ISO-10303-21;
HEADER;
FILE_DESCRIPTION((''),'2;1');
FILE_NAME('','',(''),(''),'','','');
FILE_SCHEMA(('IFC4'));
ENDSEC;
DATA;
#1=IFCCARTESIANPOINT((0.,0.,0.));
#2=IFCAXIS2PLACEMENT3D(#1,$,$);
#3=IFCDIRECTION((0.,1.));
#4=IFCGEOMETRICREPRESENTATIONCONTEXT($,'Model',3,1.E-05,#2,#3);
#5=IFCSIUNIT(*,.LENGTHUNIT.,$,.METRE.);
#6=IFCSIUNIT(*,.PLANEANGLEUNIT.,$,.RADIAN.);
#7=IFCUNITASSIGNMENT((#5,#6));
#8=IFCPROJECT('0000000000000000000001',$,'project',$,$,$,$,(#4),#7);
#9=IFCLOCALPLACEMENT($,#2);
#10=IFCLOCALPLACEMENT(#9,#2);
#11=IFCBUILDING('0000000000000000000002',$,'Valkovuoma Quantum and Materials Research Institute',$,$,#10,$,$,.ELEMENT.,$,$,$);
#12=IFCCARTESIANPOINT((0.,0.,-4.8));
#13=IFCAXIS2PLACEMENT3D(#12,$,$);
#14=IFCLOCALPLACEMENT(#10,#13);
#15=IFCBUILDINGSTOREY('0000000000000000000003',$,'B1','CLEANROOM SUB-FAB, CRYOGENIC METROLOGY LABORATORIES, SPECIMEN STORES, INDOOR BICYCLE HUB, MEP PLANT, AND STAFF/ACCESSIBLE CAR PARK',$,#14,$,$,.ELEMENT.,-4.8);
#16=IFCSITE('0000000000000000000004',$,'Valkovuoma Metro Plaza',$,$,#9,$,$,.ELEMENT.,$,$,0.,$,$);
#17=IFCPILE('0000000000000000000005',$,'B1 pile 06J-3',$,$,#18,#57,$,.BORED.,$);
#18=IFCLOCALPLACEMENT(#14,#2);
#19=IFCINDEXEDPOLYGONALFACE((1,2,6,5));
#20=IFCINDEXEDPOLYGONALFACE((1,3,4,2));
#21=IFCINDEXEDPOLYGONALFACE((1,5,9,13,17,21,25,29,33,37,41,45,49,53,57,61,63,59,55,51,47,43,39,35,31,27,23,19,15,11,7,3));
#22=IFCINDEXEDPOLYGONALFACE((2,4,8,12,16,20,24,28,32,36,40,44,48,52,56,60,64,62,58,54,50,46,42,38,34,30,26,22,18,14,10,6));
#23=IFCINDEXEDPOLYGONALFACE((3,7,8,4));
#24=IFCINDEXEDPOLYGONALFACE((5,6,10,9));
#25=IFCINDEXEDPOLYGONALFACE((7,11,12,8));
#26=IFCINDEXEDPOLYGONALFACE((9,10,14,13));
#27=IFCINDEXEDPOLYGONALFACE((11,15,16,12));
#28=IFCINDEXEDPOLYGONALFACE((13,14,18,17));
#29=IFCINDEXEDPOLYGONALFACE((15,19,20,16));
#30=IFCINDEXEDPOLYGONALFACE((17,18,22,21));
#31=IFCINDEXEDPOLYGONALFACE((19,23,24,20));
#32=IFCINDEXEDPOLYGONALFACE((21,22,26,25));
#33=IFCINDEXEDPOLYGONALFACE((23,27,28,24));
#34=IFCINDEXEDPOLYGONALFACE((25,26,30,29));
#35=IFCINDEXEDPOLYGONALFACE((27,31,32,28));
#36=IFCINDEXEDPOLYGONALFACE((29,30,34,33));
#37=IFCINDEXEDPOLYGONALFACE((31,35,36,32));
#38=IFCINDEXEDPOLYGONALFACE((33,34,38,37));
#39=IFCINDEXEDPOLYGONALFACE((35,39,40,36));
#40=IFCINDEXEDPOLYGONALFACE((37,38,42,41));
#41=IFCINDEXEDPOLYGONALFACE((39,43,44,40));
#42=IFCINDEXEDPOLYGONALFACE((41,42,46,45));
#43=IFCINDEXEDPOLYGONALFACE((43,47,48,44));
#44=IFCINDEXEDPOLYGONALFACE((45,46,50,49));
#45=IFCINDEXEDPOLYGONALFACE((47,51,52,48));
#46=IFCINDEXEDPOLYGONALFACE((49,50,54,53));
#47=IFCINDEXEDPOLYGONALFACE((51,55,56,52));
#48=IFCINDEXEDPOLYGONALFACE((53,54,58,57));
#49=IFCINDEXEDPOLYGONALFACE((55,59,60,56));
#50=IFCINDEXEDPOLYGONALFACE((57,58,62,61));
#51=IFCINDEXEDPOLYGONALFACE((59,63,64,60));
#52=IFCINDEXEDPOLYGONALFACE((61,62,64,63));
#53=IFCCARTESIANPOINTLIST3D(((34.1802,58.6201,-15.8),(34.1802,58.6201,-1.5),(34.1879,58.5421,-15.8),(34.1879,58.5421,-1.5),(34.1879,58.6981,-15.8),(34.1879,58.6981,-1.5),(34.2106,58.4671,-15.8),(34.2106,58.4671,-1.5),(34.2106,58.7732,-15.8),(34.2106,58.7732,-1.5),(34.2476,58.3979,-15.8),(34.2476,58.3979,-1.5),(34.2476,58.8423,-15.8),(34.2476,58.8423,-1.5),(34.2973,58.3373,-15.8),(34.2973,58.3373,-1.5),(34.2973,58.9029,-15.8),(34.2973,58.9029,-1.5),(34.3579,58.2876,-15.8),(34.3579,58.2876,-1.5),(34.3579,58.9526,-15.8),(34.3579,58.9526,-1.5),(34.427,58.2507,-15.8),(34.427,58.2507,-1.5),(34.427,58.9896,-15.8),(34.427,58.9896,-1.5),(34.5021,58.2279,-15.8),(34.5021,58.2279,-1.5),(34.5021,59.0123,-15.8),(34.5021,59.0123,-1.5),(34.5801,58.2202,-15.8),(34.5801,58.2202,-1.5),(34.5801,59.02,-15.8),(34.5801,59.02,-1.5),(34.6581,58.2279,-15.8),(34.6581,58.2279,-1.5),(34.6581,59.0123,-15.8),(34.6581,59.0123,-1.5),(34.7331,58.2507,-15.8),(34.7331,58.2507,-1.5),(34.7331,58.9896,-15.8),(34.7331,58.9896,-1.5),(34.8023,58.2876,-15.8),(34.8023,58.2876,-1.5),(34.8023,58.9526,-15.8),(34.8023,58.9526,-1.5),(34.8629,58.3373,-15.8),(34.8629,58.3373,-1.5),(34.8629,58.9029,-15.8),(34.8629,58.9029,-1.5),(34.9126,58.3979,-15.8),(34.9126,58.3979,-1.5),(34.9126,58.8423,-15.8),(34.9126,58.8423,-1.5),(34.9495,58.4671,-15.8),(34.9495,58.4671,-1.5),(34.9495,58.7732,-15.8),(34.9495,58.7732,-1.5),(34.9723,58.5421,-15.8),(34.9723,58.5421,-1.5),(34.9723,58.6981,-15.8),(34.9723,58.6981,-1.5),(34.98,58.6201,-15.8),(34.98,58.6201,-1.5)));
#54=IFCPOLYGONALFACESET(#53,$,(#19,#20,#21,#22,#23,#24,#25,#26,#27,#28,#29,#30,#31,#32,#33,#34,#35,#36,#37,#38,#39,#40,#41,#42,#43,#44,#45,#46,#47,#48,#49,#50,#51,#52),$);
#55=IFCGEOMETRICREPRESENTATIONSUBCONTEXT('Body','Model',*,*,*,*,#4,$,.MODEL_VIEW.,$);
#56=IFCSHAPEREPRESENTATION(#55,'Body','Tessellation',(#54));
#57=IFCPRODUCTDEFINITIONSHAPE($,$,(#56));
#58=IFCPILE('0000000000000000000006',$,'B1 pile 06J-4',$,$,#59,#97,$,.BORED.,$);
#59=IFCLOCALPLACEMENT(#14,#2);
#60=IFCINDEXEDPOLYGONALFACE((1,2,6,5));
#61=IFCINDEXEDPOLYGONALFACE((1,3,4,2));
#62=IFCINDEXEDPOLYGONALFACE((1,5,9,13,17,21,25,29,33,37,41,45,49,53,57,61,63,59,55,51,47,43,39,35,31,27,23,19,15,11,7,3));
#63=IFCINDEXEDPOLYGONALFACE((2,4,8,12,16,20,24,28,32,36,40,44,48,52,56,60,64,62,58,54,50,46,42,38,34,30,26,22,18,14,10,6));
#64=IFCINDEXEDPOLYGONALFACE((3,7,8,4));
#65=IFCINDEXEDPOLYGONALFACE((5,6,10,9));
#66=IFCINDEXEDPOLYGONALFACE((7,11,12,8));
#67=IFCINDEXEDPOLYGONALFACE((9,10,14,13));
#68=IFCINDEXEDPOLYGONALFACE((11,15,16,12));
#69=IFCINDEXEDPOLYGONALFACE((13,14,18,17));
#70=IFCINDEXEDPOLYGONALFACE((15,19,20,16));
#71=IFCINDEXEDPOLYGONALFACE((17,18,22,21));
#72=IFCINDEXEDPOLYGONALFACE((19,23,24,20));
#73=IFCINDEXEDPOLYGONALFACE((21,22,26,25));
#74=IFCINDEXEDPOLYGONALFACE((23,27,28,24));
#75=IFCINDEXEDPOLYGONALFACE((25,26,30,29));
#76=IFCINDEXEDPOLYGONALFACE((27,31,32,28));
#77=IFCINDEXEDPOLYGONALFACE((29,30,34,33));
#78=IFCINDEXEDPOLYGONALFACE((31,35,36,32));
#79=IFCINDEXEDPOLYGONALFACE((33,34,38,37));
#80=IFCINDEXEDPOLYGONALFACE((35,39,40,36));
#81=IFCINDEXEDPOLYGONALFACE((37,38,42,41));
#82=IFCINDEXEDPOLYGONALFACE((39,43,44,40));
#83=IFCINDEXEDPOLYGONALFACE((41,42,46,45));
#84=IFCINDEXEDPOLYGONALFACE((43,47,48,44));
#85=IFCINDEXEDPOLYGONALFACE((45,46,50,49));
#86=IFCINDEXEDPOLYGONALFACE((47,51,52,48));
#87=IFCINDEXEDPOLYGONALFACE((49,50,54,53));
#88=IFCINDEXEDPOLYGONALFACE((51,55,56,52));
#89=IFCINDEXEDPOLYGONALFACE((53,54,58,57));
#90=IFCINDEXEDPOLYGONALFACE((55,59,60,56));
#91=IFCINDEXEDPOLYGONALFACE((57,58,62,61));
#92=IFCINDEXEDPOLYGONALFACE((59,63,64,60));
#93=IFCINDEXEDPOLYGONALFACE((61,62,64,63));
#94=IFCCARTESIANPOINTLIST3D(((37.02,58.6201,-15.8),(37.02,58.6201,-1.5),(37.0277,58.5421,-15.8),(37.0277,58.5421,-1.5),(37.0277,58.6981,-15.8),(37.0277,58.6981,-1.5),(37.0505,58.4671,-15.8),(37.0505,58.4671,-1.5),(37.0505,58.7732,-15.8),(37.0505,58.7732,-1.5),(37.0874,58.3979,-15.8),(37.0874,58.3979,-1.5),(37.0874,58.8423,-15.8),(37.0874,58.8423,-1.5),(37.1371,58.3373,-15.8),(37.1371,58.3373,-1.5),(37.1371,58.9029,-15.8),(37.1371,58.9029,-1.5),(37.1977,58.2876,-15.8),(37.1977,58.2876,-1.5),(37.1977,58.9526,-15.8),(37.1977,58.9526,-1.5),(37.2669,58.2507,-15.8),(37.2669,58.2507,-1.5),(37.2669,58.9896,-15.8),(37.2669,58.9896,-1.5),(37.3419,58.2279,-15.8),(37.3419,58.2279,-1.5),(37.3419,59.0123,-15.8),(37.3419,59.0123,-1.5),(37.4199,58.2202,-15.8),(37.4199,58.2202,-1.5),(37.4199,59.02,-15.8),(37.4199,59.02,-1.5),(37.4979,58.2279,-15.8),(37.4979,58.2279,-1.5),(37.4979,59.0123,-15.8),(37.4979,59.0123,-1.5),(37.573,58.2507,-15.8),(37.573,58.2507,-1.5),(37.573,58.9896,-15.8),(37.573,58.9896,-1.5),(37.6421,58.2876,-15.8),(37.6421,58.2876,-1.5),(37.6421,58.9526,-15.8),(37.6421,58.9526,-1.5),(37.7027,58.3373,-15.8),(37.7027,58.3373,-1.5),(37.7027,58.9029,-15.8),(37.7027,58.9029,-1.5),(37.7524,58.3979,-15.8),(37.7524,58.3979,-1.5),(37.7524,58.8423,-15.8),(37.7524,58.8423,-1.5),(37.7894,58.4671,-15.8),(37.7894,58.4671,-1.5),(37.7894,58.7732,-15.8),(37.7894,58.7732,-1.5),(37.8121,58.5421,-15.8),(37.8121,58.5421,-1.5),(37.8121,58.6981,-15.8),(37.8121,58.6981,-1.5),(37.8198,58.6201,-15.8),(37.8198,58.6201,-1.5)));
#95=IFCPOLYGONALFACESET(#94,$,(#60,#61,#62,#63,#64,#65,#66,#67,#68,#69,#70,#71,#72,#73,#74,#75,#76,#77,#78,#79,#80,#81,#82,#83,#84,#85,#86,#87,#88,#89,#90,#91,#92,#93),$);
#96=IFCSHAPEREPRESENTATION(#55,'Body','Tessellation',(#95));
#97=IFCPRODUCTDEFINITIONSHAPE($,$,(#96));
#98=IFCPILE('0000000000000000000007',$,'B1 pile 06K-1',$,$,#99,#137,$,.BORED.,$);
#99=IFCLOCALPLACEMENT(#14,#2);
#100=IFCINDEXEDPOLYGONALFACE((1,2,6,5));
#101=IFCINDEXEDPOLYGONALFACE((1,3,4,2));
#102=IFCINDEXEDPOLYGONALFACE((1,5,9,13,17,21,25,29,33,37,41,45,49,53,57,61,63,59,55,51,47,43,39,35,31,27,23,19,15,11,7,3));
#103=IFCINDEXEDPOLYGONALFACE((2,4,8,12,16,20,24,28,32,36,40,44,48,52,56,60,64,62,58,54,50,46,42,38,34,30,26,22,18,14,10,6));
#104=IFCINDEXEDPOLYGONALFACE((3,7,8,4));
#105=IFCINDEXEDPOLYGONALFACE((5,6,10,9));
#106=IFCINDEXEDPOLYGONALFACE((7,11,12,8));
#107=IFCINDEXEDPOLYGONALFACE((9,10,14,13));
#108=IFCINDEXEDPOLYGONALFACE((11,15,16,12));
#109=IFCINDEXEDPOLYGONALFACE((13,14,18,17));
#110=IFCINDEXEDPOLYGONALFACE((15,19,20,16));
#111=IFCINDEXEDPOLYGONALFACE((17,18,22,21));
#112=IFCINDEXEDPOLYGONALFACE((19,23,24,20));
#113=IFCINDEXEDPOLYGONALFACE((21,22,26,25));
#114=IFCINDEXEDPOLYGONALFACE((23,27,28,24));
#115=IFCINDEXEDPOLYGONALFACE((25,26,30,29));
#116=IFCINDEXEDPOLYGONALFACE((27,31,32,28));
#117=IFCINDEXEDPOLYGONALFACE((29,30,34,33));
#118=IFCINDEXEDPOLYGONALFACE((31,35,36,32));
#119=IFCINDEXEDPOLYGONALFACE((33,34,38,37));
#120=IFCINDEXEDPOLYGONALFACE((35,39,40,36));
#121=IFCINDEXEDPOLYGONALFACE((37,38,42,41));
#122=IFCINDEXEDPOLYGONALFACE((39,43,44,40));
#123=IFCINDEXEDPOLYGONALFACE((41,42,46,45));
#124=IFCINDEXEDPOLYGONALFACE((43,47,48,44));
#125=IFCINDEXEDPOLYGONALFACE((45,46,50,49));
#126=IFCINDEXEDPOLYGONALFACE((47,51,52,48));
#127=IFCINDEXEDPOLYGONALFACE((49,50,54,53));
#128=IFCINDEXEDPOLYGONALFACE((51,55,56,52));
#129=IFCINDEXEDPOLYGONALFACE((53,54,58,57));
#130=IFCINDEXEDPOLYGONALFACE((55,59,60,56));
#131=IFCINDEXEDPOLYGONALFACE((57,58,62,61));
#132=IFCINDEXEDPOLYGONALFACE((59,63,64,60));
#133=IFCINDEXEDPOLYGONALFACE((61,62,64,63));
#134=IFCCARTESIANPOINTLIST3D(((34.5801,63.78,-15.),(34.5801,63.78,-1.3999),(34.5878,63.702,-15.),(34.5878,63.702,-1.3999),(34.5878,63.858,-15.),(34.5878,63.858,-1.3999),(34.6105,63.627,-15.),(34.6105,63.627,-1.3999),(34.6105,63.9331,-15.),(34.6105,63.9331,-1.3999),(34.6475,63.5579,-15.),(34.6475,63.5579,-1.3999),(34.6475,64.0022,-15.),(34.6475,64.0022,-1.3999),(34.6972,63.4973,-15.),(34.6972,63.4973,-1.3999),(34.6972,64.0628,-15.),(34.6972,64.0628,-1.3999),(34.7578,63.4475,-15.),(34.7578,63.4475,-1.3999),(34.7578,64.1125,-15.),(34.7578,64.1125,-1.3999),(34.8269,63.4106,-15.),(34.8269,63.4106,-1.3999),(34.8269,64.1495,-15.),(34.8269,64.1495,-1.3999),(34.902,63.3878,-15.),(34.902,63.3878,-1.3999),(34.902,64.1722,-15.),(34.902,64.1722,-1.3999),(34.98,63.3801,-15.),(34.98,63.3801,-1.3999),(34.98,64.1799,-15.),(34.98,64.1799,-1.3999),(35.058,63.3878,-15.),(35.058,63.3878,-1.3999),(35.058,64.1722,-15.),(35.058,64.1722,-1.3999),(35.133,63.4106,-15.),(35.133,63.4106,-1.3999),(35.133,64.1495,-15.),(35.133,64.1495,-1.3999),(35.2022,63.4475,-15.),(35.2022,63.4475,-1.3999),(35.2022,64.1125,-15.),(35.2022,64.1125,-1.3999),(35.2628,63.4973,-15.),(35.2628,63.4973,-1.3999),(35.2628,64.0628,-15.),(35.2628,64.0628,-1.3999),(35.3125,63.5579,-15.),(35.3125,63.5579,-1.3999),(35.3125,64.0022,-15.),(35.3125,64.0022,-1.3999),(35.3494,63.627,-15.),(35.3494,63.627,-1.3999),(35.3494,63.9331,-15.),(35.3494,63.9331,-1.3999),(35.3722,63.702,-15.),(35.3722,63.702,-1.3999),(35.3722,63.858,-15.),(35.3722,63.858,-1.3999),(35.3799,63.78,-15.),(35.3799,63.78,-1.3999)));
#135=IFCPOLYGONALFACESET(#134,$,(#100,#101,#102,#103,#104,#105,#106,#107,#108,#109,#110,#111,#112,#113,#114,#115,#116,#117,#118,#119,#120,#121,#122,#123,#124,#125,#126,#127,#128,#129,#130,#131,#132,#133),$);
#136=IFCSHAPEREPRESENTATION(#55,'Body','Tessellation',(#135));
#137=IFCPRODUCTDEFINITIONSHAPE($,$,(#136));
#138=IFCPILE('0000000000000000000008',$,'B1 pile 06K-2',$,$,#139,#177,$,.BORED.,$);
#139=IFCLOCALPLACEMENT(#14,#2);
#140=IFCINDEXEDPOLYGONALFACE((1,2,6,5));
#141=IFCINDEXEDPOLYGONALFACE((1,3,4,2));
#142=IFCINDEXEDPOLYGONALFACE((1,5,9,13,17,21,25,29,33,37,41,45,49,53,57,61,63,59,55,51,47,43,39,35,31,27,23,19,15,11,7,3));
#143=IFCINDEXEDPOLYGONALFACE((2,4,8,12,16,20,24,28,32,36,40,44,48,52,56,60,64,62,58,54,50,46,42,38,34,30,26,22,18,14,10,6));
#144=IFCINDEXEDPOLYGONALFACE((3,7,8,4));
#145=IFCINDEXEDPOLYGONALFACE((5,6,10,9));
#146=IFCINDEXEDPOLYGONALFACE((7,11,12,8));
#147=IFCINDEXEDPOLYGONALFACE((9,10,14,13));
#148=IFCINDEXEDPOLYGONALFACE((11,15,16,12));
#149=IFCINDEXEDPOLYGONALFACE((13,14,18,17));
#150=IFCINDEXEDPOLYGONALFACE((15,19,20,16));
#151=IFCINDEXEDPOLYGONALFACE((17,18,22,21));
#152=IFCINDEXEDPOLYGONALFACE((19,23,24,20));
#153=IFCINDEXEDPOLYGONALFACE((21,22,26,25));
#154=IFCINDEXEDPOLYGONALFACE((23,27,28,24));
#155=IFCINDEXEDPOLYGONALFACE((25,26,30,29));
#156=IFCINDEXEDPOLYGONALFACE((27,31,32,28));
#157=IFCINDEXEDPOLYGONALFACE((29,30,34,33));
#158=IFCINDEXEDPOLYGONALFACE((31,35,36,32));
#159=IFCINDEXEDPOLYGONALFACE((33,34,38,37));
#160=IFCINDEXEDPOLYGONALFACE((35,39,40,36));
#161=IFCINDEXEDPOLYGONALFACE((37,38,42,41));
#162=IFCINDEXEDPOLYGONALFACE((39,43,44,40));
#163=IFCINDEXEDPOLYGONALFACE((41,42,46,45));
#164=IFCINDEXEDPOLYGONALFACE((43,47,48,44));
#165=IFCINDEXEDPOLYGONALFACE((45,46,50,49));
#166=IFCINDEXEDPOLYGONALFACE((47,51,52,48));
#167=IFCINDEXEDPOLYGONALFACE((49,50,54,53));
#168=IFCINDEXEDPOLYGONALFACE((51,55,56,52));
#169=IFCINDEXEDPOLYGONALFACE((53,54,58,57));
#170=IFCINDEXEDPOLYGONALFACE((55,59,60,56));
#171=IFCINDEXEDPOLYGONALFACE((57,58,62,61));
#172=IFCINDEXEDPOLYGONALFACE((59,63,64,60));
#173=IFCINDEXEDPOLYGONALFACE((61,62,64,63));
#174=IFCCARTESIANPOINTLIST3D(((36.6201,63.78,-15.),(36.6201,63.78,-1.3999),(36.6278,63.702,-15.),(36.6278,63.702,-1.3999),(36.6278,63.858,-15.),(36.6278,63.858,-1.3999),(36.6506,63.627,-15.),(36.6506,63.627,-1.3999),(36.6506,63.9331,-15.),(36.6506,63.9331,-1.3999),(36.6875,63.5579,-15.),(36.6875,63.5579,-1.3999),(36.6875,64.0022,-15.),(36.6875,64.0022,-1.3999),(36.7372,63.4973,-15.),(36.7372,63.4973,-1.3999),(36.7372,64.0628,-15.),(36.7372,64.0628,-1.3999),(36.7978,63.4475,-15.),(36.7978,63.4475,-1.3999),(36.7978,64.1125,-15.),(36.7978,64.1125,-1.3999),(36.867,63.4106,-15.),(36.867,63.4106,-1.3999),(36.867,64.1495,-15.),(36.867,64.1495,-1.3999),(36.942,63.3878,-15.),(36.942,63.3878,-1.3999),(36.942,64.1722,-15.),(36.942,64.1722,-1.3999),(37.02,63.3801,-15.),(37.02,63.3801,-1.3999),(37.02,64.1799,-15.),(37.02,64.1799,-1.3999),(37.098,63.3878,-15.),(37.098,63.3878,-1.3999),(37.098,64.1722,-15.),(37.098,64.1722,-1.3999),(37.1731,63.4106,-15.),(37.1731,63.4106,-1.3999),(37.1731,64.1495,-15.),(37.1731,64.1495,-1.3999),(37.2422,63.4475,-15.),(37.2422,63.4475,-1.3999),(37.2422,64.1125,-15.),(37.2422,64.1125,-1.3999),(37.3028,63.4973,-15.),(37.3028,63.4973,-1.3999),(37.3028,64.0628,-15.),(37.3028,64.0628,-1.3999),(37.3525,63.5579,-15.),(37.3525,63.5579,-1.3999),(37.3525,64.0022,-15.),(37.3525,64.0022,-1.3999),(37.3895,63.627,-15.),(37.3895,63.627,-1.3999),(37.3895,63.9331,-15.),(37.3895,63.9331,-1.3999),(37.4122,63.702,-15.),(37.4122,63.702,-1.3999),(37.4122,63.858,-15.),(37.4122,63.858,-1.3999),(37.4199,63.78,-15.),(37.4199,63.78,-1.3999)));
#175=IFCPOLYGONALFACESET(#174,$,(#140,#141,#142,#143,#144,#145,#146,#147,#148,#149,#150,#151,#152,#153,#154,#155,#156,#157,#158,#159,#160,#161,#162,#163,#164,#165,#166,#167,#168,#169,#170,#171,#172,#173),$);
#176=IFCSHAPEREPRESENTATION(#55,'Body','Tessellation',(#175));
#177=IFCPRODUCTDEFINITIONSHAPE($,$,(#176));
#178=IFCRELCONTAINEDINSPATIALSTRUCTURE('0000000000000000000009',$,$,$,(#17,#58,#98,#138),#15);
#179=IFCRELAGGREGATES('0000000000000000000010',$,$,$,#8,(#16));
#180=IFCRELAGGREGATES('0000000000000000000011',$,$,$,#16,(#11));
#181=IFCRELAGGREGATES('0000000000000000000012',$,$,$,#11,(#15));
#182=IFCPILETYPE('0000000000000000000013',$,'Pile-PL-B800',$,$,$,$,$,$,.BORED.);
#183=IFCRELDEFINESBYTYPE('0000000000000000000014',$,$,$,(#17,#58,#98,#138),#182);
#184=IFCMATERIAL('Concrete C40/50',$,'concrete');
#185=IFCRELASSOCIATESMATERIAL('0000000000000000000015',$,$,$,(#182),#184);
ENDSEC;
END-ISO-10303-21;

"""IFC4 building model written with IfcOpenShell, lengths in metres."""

from ifc_helpers import new_model, si_unit, direction, frame, origin, origin_2d, place, context, subcontext, project, spatial, circle, extrude, material, material_profile, profile_set, type_object, element, save


model = new_model("IFC4")

# Units and contexts
model_context = context("Model", 3, precision=1e-05, world=origin(), true_north=direction((0.0, 1.0)))
body_context = subcontext(model_context, "Body", "Model", "MODEL_VIEW")
ifc_project = project(units=[si_unit("LENGTHUNIT", "METRE"), si_unit("PLANEANGLEUNIT", "RADIAN")], contexts=[model_context])

# Site, building, storey
site_placement = place(None, origin())
site = spatial("IfcSite", under=ifc_project, at=site_placement, Name="Valkovuoma Metro Plaza", CompositionType="ELEMENT", RefElevation=0.0)
building_placement = place(site_placement, origin())
building = spatial("IfcBuilding", under=site, at=building_placement, Name="Valkovuoma Quantum and Materials Research Institute", CompositionType="ELEMENT")
storey_placement = place(building_placement, frame((0.0, 0.0, -4.8)))
storey = spatial("IfcBuildingStorey", under=building, at=storey_placement, Name="B1", Description="CLEANROOM SUB-FAB, CRYOGENIC METROLOGY LABORATORIES, SPECIMEN STORES, INDOOR BICYCLE HUB, MEP PLANT, AND STAFF/ACCESSIBLE CAR PARK", CompositionType="ELEMENT", Elevation=-4.8)

# Piles
ifc_material_1 = material(Name="Concrete C40/50", Category="concrete")
ifc_material_profile_1 = material_profile(ifc_material_1, circle(Radius=0.3999, at=origin_2d()), Name="Concrete C40/50")
ifc_profile_set_1 = profile_set([ifc_material_profile_1], Name="Concrete C40/50")
pile_type_1 = type_object("IfcPileType", Name="Pile-PL-B800", PredefinedType="BORED", material=ifc_profile_set_1)
for number, where, z_axis, x_axis, name in (
    (1, (34.5801, 58.6201, -1.5), (0.0, 0.0, -1.0), (1.0, 0.0, 0.0), "B1 pile 06J-3"),
    (2, (37.4199, 58.6201, -1.5), (0.0, 0.0, -1.0), (1.0, 0.0, 0.0), "B1 pile 06J-4"),
):
    element("IfcPile", number, at=place(storey_placement, frame(where, z_axis=z_axis, x_axis=x_axis)), inside=storey, type_object=pile_type_1, Name=name, PredefinedType="BORED", context=body_context, shape_type="SweptSolid", body=[
        extrude(circle(Radius=0.3999, at=origin_2d()), origin(), (0.0, 0.0, 1.0), 14.3),
    ])
for number, where, z_axis, x_axis, name in (
    (3, (34.98, 63.78, -1.3999), (0.0, 0.0, -1.0), (1.0, 0.0, 0.0), "B1 pile 06K-1"),
    (4, (37.02, 63.78, -1.3999), (0.0, 0.0, -1.0), (1.0, 0.0, 0.0), "B1 pile 06K-2"),
):
    element("IfcPile", number, at=place(storey_placement, frame(where, z_axis=z_axis, x_axis=x_axis)), inside=storey, type_object=pile_type_1, Name=name, PredefinedType="BORED", context=body_context, shape_type="SweptSolid", body=[
        extrude(circle(Radius=0.3999, at=origin_2d()), origin(), (0.0, 0.0, 1.0), 13.6001),
    ])

save(model, "model.ifc")
